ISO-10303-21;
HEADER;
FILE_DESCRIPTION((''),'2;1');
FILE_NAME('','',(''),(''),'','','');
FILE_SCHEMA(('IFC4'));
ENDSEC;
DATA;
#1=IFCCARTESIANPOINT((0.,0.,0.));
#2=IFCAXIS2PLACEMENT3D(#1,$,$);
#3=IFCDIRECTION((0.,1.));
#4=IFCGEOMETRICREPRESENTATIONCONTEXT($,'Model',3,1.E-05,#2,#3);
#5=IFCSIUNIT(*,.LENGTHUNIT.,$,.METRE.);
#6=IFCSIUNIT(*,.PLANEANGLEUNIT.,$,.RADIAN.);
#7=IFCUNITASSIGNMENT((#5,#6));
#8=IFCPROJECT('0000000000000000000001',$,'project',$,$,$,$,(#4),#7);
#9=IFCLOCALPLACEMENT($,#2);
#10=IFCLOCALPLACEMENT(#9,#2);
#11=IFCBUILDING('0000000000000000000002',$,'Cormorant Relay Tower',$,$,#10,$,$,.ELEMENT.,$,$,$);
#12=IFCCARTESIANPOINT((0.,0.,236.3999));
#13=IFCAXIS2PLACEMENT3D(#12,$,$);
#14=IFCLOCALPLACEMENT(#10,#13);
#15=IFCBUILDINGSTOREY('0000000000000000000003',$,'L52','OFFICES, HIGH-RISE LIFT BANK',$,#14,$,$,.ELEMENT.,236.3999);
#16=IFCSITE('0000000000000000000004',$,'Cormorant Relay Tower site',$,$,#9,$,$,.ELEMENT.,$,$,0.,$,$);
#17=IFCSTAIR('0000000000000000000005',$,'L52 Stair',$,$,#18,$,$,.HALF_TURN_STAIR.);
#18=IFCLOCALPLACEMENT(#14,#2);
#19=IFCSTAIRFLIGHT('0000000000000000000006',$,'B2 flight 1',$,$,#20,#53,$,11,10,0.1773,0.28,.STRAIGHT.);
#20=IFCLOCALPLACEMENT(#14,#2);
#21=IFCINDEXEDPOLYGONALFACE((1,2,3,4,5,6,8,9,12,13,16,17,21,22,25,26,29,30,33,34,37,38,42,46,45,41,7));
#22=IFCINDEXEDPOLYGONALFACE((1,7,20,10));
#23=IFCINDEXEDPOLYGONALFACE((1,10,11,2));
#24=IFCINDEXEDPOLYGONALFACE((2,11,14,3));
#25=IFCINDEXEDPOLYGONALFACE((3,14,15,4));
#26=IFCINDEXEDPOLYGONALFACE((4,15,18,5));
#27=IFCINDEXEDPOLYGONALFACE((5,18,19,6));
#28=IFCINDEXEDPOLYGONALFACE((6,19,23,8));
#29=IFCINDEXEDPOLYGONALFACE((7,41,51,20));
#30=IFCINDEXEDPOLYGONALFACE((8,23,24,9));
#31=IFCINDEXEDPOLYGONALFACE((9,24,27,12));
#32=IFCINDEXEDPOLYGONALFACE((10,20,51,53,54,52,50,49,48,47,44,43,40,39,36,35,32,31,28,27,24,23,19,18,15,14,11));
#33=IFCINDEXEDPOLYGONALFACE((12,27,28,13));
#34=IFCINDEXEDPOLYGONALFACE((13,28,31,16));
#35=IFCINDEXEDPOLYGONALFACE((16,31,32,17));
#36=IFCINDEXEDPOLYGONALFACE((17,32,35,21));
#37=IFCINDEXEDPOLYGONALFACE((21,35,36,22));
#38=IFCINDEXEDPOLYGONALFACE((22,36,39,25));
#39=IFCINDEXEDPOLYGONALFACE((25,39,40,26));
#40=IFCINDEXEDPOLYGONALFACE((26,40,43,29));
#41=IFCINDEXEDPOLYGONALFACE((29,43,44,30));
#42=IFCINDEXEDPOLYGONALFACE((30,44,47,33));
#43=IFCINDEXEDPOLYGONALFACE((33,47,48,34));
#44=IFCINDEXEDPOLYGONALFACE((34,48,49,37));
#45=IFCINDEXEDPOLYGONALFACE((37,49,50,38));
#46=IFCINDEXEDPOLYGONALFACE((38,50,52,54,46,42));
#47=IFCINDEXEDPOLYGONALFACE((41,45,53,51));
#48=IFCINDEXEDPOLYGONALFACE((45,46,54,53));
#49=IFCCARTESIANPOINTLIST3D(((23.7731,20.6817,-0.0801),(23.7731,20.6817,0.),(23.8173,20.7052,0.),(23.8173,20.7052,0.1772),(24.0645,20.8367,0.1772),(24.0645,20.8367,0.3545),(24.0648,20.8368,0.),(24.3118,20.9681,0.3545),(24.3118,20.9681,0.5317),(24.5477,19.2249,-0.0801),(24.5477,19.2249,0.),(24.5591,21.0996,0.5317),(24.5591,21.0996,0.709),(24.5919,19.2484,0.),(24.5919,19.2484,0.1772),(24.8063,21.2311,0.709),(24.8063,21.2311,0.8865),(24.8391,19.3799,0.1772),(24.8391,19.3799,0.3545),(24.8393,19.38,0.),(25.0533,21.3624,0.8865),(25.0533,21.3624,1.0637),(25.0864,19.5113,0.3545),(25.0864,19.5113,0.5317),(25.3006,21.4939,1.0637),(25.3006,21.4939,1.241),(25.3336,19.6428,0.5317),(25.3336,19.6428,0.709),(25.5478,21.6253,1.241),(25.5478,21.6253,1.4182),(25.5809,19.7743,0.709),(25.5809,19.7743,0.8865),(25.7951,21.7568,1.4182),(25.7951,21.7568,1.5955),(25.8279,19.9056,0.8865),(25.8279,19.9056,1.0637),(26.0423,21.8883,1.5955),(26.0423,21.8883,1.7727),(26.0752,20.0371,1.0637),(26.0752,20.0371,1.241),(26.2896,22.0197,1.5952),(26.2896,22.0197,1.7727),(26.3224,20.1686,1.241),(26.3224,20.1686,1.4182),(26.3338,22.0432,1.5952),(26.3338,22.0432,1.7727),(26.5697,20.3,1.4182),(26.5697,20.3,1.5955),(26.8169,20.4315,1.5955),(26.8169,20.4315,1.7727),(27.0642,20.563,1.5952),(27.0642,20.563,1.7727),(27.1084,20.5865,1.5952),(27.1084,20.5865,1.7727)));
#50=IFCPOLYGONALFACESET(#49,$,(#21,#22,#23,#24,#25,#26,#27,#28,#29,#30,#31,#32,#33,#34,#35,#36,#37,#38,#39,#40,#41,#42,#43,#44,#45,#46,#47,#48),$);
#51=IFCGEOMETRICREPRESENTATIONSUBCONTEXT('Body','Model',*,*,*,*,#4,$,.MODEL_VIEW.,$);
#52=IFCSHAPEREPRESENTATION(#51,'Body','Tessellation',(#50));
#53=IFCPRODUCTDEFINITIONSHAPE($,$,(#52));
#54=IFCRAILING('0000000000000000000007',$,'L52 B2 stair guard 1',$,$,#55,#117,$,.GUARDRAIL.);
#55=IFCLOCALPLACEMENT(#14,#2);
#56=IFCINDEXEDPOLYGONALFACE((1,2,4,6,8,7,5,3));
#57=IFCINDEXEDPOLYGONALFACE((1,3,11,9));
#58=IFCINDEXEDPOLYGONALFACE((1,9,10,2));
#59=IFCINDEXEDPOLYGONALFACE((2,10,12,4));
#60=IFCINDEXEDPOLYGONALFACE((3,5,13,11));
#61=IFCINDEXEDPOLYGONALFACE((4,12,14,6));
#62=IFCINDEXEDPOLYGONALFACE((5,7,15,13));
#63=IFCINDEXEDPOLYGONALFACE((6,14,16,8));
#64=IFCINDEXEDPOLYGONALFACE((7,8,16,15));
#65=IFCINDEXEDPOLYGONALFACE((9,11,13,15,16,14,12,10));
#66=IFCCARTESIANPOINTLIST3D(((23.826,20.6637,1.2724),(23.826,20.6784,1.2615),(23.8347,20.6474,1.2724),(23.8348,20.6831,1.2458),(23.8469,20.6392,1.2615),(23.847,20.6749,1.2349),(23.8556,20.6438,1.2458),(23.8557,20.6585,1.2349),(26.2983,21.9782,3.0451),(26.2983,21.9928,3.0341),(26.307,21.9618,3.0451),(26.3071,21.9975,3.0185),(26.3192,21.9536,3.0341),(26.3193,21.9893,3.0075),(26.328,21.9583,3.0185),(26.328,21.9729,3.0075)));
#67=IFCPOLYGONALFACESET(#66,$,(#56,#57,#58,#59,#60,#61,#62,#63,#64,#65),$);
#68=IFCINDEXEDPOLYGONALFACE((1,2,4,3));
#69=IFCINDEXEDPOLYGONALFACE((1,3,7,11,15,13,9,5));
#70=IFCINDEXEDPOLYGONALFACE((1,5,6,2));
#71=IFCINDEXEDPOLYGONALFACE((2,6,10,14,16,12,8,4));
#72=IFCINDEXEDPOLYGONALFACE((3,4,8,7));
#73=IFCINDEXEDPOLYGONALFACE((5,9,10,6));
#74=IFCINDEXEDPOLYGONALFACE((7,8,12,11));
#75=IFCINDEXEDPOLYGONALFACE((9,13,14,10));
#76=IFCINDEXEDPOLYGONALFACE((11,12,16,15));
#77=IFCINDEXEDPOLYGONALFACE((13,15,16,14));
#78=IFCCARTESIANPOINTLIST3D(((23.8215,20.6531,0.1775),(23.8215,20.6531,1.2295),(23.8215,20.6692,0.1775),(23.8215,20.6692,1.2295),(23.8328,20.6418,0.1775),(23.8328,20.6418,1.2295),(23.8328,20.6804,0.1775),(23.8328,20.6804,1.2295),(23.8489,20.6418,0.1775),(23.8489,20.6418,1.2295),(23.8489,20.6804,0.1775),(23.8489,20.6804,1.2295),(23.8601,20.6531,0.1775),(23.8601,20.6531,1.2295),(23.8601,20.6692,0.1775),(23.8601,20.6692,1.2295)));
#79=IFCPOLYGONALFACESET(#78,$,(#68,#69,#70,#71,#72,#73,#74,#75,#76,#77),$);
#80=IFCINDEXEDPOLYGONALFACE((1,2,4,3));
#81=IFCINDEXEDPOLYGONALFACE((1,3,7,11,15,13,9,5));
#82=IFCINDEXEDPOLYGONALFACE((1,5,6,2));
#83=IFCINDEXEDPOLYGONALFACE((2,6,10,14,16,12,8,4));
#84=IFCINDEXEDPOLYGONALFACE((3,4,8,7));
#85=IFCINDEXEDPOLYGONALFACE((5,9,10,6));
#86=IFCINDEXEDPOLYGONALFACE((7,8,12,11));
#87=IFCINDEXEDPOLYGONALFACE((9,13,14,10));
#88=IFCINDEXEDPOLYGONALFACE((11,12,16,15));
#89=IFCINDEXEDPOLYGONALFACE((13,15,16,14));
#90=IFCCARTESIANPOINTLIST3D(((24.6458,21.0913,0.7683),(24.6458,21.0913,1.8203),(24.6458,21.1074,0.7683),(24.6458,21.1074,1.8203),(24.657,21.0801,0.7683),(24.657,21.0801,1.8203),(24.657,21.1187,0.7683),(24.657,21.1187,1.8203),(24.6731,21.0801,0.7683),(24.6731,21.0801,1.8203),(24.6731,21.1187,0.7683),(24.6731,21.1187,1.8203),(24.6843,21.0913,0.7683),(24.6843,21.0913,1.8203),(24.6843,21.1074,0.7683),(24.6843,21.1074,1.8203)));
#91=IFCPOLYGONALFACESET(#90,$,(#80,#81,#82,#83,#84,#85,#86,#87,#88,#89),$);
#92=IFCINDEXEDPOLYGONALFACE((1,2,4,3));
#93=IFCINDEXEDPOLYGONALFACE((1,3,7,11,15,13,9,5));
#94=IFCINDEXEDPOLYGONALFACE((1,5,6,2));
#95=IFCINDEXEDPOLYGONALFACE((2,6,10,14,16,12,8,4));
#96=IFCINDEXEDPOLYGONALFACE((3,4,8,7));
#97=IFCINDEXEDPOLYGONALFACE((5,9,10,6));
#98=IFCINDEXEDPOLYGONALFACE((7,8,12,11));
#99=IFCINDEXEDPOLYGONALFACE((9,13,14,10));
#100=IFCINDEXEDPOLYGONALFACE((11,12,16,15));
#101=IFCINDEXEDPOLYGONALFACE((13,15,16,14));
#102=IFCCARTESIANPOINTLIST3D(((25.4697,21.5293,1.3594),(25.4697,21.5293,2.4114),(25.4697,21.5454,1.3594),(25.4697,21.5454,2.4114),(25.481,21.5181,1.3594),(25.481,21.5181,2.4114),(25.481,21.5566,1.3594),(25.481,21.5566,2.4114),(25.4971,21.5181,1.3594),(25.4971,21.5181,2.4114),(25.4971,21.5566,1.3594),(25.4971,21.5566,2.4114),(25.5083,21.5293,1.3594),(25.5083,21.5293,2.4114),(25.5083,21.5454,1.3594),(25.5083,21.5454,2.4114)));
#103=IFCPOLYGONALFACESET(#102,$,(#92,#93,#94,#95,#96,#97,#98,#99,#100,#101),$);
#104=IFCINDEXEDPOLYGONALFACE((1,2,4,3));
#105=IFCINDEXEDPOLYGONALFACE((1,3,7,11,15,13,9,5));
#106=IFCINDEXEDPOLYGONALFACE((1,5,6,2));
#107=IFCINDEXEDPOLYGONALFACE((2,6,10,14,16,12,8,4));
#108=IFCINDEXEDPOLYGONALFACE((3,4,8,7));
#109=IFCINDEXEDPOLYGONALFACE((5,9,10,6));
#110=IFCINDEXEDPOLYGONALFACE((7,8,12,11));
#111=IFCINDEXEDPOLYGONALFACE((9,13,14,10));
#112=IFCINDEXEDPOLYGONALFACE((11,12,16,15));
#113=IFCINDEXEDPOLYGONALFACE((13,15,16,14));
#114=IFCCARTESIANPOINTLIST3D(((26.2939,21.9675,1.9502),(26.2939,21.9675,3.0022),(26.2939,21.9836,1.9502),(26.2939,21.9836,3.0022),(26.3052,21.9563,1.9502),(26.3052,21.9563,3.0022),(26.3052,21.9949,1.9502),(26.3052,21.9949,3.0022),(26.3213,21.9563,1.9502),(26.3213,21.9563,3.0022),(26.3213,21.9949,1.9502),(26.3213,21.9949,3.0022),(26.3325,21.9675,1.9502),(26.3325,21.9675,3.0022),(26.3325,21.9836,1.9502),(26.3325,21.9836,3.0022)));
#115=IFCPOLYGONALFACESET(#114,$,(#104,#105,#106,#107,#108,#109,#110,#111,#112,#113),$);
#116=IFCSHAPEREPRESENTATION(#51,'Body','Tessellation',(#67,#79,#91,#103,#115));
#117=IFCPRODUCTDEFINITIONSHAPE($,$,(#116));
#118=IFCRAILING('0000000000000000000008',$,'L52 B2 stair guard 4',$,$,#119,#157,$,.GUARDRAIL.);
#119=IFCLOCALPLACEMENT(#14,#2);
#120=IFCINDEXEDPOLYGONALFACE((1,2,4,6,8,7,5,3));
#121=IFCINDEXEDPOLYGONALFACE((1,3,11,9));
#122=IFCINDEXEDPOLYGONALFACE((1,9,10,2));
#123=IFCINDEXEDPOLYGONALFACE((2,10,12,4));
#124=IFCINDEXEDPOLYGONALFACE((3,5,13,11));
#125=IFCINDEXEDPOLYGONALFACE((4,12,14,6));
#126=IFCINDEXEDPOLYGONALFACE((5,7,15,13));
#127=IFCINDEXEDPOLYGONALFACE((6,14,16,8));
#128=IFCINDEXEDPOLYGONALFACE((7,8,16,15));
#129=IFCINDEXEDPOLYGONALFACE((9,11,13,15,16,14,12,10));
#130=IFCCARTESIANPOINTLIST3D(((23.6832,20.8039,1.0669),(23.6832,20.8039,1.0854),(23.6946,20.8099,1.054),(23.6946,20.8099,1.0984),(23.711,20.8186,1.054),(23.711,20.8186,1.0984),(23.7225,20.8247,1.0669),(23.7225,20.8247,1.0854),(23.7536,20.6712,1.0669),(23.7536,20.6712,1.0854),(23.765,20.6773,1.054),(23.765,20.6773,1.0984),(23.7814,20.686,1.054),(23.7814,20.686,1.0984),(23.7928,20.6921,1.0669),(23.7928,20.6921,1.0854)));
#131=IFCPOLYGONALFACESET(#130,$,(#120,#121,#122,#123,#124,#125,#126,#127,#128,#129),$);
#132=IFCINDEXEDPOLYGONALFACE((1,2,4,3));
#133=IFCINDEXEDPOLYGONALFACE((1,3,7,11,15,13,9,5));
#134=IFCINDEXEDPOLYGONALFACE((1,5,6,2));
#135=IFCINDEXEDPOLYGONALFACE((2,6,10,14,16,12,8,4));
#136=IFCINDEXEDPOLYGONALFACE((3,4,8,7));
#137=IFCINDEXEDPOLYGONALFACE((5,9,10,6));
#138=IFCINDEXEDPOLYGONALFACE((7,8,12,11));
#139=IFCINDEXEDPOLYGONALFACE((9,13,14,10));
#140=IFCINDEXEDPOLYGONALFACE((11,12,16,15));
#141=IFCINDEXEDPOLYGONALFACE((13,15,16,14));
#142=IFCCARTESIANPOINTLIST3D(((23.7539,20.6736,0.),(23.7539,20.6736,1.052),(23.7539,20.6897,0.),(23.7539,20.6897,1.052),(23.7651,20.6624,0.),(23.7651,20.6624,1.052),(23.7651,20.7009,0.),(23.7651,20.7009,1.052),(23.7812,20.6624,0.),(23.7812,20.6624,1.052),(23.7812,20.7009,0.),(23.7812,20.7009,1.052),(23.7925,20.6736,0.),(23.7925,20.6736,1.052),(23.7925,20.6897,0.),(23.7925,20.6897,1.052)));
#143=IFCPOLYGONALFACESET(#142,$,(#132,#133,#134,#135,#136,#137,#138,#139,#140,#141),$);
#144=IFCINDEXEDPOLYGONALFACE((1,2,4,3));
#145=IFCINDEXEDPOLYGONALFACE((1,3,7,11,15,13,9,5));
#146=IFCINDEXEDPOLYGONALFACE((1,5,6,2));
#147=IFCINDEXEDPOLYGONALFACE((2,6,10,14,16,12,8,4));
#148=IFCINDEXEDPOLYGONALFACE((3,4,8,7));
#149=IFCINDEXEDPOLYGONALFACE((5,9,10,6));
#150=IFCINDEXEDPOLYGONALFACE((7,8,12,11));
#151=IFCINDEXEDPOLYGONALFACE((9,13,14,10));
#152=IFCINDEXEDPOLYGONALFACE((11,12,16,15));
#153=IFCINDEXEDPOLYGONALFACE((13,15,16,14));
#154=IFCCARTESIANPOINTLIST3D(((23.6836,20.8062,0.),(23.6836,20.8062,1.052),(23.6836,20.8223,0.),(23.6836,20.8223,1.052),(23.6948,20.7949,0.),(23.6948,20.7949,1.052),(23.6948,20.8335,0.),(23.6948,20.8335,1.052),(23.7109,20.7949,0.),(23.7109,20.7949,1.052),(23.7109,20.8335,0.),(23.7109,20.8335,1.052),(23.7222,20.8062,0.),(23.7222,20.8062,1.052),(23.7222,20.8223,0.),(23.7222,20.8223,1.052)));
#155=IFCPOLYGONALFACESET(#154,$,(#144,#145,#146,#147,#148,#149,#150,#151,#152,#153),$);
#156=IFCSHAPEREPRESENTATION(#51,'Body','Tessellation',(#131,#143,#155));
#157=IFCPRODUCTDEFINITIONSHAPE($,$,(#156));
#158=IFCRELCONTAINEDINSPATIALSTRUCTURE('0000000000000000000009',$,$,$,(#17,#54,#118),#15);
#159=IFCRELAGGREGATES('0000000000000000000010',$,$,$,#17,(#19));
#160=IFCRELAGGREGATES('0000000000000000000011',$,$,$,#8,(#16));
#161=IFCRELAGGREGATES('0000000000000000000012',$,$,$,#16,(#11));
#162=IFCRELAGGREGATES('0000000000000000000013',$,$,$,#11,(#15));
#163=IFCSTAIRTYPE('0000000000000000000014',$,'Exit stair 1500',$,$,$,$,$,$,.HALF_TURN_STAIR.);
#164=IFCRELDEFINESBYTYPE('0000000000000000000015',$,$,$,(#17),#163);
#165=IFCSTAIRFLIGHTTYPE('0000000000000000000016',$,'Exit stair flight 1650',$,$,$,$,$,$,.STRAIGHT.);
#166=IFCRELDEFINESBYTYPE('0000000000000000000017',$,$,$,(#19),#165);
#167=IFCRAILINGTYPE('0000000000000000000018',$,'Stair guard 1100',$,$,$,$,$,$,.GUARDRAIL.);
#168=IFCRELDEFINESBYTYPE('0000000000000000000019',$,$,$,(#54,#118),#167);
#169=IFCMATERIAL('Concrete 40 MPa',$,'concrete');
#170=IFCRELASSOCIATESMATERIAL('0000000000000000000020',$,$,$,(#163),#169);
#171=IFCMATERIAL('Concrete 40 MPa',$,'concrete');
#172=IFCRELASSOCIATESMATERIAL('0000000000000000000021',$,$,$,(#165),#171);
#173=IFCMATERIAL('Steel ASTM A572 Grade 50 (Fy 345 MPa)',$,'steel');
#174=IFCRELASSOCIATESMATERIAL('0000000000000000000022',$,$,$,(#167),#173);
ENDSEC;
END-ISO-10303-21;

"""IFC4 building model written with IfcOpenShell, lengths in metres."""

from ifc_helpers import new_model, si_unit, direction, frame, origin, place, context, subcontext, project, spatial, polyline, outline, extrude, material, type_object, element, aggregate, save


model = new_model("IFC4")

# Units and contexts
model_context = context("Model", 3, precision=1e-05, world=origin(), true_north=direction((0.0, 1.0)))
body_context = subcontext(model_context, "Body", "Model", "MODEL_VIEW")
ifc_project = project(units=[si_unit("LENGTHUNIT", "METRE"), si_unit("PLANEANGLEUNIT", "RADIAN")], contexts=[model_context])

# Site, building, storey
site_placement = place(None, origin())
site = spatial("IfcSite", under=ifc_project, at=site_placement, Name="Cormorant Relay Tower site", CompositionType="ELEMENT", RefElevation=0.0)
building_placement = place(site_placement, origin())
building = spatial("IfcBuilding", under=site, at=building_placement, Name="Cormorant Relay Tower", CompositionType="ELEMENT")
storey_placement = place(building_placement, frame((0.0, 0.0, 236.3999)))
storey = spatial("IfcBuildingStorey", under=building, at=storey_placement, Name="L52", Description="OFFICES, HIGH-RISE LIFT BANK", CompositionType="ELEMENT", Elevation=236.3999)

# Stair, stair flight
ifc_material_1 = material(Name="Concrete 40 MPa", Category="concrete")
stair_type = type_object("IfcStairType", Name="Exit stair 1500", PredefinedType="HALF_TURN_STAIR", material=ifc_material_1)
stair_placement = place(storey_placement, origin())
stair = element("IfcStair", 1, at=stair_placement, inside=storey, type_object=stair_type, Name="L52 Stair", PredefinedType="HALF_TURN_STAIR")
ifc_material_2 = material(Name="Concrete 40 MPa", Category="concrete")
stair_flight_type = type_object("IfcStairFlightType", Name="Exit stair flight 1650", PredefinedType="STRAIGHT", material=ifc_material_2)
stair_flight_placement = place(storey_placement, frame((24.2046, 19.9768, 0.0), z_axis=(0.0, 0.0, 1.0), x_axis=(0.882948, 0.469472, 0.0)))
stair_flight = element("IfcStairFlight", 2, at=stair_flight_placement, type_object=stair_flight_type, Name="B2 flight 1", NumberOfRisers=11, NumberOfTreads=10, PredefinedType="STRAIGHT", RiserHeight=0.1773, TreadLength=0.28, context=body_context, shape_type="SweptSolid", body=[
    extrude(outline(polyline([(-0.05, -0.0801), (-0.05, 0.0), (0.0, 0.0), (0.0, 0.1772), (0.28, 0.1772), (0.28, 0.3545), (0.5601, 0.3545), (0.5601, 0.5317), (0.8401, 0.5317), (0.8401, 0.709), (1.1201, 0.709), (1.1201, 0.8865), (1.3999, 0.8865), (1.3999, 1.0637), (1.6799, 1.0637), (1.6799, 1.241), (1.96, 1.241), (1.96, 1.4182), (2.24, 1.4182), (2.24, 1.5955), (2.52, 1.5955), (2.52, 1.7727), (2.8, 1.7727), (2.8501, 1.7727), (2.8501, 1.5952), (2.8, 1.5952), (0.2803, 0.0), (-0.05, -0.0801)])), frame((0.0, 0.825, 0.0), z_axis=(0.0, -1.0, 0.0), x_axis=(1.0, 0.0, 0.0)), (0.0, 0.0, 1.0), 1.6499),
])
aggregate(stair, [stair_flight])

# Railings
ifc_material_3 = material(Name="Steel ASTM A572 Grade 50 (Fy 345 MPa)", Category="steel")
railing_type_1 = type_object("IfcRailingType", Name="Stair guard 1100", PredefinedType="GUARDRAIL", material=ifc_material_3)
railing_1_placement = place(storey_placement, frame((23.8408, 20.6611, 0.1775)))
element("IfcRailing", 3, at=railing_1_placement, inside=storey, type_object=railing_type_1, Name="L52 B2 stair guard 1", PredefinedType="GUARDRAIL", context=body_context, shape_type="SweptSolid", body=[
    extrude(outline(polyline([(0.0222, 0.0093), (0.0093, 0.0222), (-0.0093, 0.0222), (-0.0222, 0.0093), (-0.0222, -0.0093), (-0.0093, -0.0222), (0.0093, -0.0222), (0.0222, -0.0093), (0.0222, 0.0093)])), frame((0.0, 0.0, 1.0762), z_axis=(0.746034, 0.396627, 0.534902), x_axis=(-0.469429, 0.88297, 0.0)), (0.0, 0.0, 1.0), 3.314),
    extrude(outline(polyline([(0.0193, 0.0081), (0.0081, 0.0193), (-0.0081, 0.0193), (-0.0193, 0.0081), (-0.0193, -0.0081), (-0.0081, -0.0193), (0.0081, -0.0193), (0.0193, -0.0081), (0.0193, 0.0081)])), origin(), (0.0, 0.0, 1.0), 1.052),
    extrude(outline(polyline([(0.0193, 0.0081), (0.0081, 0.0193), (-0.0081, 0.0193), (-0.0193, 0.0081), (-0.0193, -0.0081), (-0.0081, -0.0193), (0.0081, -0.0193), (0.0193, -0.0081), (0.0193, 0.0081)])), frame((0.8242, 0.4382, 0.5908)), (0.0, 0.0, 1.0), 1.052),
    extrude(outline(polyline([(0.0193, 0.0081), (0.0081, 0.0193), (-0.0081, 0.0193), (-0.0193, 0.0081), (-0.0193, -0.0081), (-0.0081, -0.0193), (0.0081, -0.0193), (0.0193, -0.0081), (0.0193, 0.0081)])), frame((1.6482, 0.8762, 1.1819)), (0.0, 0.0, 1.0), 1.052),
    extrude(outline(polyline([(0.0193, 0.0081), (0.0081, 0.0193), (-0.0081, 0.0193), (-0.0193, 0.0081), (-0.0193, -0.0081), (-0.0081, -0.0193), (0.0081, -0.0193), (0.0193, -0.0081), (0.0193, 0.0081)])), frame((2.4724, 1.3145, 1.7727)), (0.0, 0.0, 1.0), 1.052),
])
railing_2_placement = place(storey_placement, frame((23.7732, 20.6816, 0.0)))
element("IfcRailing", 4, at=railing_2_placement, inside=storey, type_object=railing_type_1, Name="L52 B2 stair guard 4", PredefinedType="GUARDRAIL", context=body_context, shape_type="SweptSolid", body=[
    extrude(outline(polyline([(0.0222, 0.0093), (0.0093, 0.0222), (-0.0093, 0.0222), (-0.0222, 0.0093), (-0.0222, -0.0093), (-0.0093, -0.0222), (0.0093, -0.0222), (0.0222, -0.0093), (0.0222, 0.0093)])), frame((0.0, 0.0, 1.0762), z_axis=(-0.46856, 0.883431, 0.0), x_axis=(-0.883431, -0.46856, 0.0)), (0.0, 0.0, 1.0), 0.1501),
    extrude(outline(polyline([(0.0193, 0.0081), (0.0081, 0.0193), (-0.0081, 0.0193), (-0.0193, 0.0081), (-0.0193, -0.0081), (-0.0081, -0.0193), (0.0081, -0.0193), (0.0193, -0.0081), (0.0193, 0.0081)])), origin(), (0.0, 0.0, 1.0), 1.052),
    extrude(outline(polyline([(0.0193, 0.0081), (0.0081, 0.0193), (-0.0081, 0.0193), (-0.0193, 0.0081), (-0.0193, -0.0081), (-0.0081, -0.0193), (0.0081, -0.0193), (0.0193, -0.0081), (0.0193, 0.0081)])), frame((-0.0703, 0.1326, 0.0)), (0.0, 0.0, 1.0), 1.052),
])

save(model, "model.ifc")
